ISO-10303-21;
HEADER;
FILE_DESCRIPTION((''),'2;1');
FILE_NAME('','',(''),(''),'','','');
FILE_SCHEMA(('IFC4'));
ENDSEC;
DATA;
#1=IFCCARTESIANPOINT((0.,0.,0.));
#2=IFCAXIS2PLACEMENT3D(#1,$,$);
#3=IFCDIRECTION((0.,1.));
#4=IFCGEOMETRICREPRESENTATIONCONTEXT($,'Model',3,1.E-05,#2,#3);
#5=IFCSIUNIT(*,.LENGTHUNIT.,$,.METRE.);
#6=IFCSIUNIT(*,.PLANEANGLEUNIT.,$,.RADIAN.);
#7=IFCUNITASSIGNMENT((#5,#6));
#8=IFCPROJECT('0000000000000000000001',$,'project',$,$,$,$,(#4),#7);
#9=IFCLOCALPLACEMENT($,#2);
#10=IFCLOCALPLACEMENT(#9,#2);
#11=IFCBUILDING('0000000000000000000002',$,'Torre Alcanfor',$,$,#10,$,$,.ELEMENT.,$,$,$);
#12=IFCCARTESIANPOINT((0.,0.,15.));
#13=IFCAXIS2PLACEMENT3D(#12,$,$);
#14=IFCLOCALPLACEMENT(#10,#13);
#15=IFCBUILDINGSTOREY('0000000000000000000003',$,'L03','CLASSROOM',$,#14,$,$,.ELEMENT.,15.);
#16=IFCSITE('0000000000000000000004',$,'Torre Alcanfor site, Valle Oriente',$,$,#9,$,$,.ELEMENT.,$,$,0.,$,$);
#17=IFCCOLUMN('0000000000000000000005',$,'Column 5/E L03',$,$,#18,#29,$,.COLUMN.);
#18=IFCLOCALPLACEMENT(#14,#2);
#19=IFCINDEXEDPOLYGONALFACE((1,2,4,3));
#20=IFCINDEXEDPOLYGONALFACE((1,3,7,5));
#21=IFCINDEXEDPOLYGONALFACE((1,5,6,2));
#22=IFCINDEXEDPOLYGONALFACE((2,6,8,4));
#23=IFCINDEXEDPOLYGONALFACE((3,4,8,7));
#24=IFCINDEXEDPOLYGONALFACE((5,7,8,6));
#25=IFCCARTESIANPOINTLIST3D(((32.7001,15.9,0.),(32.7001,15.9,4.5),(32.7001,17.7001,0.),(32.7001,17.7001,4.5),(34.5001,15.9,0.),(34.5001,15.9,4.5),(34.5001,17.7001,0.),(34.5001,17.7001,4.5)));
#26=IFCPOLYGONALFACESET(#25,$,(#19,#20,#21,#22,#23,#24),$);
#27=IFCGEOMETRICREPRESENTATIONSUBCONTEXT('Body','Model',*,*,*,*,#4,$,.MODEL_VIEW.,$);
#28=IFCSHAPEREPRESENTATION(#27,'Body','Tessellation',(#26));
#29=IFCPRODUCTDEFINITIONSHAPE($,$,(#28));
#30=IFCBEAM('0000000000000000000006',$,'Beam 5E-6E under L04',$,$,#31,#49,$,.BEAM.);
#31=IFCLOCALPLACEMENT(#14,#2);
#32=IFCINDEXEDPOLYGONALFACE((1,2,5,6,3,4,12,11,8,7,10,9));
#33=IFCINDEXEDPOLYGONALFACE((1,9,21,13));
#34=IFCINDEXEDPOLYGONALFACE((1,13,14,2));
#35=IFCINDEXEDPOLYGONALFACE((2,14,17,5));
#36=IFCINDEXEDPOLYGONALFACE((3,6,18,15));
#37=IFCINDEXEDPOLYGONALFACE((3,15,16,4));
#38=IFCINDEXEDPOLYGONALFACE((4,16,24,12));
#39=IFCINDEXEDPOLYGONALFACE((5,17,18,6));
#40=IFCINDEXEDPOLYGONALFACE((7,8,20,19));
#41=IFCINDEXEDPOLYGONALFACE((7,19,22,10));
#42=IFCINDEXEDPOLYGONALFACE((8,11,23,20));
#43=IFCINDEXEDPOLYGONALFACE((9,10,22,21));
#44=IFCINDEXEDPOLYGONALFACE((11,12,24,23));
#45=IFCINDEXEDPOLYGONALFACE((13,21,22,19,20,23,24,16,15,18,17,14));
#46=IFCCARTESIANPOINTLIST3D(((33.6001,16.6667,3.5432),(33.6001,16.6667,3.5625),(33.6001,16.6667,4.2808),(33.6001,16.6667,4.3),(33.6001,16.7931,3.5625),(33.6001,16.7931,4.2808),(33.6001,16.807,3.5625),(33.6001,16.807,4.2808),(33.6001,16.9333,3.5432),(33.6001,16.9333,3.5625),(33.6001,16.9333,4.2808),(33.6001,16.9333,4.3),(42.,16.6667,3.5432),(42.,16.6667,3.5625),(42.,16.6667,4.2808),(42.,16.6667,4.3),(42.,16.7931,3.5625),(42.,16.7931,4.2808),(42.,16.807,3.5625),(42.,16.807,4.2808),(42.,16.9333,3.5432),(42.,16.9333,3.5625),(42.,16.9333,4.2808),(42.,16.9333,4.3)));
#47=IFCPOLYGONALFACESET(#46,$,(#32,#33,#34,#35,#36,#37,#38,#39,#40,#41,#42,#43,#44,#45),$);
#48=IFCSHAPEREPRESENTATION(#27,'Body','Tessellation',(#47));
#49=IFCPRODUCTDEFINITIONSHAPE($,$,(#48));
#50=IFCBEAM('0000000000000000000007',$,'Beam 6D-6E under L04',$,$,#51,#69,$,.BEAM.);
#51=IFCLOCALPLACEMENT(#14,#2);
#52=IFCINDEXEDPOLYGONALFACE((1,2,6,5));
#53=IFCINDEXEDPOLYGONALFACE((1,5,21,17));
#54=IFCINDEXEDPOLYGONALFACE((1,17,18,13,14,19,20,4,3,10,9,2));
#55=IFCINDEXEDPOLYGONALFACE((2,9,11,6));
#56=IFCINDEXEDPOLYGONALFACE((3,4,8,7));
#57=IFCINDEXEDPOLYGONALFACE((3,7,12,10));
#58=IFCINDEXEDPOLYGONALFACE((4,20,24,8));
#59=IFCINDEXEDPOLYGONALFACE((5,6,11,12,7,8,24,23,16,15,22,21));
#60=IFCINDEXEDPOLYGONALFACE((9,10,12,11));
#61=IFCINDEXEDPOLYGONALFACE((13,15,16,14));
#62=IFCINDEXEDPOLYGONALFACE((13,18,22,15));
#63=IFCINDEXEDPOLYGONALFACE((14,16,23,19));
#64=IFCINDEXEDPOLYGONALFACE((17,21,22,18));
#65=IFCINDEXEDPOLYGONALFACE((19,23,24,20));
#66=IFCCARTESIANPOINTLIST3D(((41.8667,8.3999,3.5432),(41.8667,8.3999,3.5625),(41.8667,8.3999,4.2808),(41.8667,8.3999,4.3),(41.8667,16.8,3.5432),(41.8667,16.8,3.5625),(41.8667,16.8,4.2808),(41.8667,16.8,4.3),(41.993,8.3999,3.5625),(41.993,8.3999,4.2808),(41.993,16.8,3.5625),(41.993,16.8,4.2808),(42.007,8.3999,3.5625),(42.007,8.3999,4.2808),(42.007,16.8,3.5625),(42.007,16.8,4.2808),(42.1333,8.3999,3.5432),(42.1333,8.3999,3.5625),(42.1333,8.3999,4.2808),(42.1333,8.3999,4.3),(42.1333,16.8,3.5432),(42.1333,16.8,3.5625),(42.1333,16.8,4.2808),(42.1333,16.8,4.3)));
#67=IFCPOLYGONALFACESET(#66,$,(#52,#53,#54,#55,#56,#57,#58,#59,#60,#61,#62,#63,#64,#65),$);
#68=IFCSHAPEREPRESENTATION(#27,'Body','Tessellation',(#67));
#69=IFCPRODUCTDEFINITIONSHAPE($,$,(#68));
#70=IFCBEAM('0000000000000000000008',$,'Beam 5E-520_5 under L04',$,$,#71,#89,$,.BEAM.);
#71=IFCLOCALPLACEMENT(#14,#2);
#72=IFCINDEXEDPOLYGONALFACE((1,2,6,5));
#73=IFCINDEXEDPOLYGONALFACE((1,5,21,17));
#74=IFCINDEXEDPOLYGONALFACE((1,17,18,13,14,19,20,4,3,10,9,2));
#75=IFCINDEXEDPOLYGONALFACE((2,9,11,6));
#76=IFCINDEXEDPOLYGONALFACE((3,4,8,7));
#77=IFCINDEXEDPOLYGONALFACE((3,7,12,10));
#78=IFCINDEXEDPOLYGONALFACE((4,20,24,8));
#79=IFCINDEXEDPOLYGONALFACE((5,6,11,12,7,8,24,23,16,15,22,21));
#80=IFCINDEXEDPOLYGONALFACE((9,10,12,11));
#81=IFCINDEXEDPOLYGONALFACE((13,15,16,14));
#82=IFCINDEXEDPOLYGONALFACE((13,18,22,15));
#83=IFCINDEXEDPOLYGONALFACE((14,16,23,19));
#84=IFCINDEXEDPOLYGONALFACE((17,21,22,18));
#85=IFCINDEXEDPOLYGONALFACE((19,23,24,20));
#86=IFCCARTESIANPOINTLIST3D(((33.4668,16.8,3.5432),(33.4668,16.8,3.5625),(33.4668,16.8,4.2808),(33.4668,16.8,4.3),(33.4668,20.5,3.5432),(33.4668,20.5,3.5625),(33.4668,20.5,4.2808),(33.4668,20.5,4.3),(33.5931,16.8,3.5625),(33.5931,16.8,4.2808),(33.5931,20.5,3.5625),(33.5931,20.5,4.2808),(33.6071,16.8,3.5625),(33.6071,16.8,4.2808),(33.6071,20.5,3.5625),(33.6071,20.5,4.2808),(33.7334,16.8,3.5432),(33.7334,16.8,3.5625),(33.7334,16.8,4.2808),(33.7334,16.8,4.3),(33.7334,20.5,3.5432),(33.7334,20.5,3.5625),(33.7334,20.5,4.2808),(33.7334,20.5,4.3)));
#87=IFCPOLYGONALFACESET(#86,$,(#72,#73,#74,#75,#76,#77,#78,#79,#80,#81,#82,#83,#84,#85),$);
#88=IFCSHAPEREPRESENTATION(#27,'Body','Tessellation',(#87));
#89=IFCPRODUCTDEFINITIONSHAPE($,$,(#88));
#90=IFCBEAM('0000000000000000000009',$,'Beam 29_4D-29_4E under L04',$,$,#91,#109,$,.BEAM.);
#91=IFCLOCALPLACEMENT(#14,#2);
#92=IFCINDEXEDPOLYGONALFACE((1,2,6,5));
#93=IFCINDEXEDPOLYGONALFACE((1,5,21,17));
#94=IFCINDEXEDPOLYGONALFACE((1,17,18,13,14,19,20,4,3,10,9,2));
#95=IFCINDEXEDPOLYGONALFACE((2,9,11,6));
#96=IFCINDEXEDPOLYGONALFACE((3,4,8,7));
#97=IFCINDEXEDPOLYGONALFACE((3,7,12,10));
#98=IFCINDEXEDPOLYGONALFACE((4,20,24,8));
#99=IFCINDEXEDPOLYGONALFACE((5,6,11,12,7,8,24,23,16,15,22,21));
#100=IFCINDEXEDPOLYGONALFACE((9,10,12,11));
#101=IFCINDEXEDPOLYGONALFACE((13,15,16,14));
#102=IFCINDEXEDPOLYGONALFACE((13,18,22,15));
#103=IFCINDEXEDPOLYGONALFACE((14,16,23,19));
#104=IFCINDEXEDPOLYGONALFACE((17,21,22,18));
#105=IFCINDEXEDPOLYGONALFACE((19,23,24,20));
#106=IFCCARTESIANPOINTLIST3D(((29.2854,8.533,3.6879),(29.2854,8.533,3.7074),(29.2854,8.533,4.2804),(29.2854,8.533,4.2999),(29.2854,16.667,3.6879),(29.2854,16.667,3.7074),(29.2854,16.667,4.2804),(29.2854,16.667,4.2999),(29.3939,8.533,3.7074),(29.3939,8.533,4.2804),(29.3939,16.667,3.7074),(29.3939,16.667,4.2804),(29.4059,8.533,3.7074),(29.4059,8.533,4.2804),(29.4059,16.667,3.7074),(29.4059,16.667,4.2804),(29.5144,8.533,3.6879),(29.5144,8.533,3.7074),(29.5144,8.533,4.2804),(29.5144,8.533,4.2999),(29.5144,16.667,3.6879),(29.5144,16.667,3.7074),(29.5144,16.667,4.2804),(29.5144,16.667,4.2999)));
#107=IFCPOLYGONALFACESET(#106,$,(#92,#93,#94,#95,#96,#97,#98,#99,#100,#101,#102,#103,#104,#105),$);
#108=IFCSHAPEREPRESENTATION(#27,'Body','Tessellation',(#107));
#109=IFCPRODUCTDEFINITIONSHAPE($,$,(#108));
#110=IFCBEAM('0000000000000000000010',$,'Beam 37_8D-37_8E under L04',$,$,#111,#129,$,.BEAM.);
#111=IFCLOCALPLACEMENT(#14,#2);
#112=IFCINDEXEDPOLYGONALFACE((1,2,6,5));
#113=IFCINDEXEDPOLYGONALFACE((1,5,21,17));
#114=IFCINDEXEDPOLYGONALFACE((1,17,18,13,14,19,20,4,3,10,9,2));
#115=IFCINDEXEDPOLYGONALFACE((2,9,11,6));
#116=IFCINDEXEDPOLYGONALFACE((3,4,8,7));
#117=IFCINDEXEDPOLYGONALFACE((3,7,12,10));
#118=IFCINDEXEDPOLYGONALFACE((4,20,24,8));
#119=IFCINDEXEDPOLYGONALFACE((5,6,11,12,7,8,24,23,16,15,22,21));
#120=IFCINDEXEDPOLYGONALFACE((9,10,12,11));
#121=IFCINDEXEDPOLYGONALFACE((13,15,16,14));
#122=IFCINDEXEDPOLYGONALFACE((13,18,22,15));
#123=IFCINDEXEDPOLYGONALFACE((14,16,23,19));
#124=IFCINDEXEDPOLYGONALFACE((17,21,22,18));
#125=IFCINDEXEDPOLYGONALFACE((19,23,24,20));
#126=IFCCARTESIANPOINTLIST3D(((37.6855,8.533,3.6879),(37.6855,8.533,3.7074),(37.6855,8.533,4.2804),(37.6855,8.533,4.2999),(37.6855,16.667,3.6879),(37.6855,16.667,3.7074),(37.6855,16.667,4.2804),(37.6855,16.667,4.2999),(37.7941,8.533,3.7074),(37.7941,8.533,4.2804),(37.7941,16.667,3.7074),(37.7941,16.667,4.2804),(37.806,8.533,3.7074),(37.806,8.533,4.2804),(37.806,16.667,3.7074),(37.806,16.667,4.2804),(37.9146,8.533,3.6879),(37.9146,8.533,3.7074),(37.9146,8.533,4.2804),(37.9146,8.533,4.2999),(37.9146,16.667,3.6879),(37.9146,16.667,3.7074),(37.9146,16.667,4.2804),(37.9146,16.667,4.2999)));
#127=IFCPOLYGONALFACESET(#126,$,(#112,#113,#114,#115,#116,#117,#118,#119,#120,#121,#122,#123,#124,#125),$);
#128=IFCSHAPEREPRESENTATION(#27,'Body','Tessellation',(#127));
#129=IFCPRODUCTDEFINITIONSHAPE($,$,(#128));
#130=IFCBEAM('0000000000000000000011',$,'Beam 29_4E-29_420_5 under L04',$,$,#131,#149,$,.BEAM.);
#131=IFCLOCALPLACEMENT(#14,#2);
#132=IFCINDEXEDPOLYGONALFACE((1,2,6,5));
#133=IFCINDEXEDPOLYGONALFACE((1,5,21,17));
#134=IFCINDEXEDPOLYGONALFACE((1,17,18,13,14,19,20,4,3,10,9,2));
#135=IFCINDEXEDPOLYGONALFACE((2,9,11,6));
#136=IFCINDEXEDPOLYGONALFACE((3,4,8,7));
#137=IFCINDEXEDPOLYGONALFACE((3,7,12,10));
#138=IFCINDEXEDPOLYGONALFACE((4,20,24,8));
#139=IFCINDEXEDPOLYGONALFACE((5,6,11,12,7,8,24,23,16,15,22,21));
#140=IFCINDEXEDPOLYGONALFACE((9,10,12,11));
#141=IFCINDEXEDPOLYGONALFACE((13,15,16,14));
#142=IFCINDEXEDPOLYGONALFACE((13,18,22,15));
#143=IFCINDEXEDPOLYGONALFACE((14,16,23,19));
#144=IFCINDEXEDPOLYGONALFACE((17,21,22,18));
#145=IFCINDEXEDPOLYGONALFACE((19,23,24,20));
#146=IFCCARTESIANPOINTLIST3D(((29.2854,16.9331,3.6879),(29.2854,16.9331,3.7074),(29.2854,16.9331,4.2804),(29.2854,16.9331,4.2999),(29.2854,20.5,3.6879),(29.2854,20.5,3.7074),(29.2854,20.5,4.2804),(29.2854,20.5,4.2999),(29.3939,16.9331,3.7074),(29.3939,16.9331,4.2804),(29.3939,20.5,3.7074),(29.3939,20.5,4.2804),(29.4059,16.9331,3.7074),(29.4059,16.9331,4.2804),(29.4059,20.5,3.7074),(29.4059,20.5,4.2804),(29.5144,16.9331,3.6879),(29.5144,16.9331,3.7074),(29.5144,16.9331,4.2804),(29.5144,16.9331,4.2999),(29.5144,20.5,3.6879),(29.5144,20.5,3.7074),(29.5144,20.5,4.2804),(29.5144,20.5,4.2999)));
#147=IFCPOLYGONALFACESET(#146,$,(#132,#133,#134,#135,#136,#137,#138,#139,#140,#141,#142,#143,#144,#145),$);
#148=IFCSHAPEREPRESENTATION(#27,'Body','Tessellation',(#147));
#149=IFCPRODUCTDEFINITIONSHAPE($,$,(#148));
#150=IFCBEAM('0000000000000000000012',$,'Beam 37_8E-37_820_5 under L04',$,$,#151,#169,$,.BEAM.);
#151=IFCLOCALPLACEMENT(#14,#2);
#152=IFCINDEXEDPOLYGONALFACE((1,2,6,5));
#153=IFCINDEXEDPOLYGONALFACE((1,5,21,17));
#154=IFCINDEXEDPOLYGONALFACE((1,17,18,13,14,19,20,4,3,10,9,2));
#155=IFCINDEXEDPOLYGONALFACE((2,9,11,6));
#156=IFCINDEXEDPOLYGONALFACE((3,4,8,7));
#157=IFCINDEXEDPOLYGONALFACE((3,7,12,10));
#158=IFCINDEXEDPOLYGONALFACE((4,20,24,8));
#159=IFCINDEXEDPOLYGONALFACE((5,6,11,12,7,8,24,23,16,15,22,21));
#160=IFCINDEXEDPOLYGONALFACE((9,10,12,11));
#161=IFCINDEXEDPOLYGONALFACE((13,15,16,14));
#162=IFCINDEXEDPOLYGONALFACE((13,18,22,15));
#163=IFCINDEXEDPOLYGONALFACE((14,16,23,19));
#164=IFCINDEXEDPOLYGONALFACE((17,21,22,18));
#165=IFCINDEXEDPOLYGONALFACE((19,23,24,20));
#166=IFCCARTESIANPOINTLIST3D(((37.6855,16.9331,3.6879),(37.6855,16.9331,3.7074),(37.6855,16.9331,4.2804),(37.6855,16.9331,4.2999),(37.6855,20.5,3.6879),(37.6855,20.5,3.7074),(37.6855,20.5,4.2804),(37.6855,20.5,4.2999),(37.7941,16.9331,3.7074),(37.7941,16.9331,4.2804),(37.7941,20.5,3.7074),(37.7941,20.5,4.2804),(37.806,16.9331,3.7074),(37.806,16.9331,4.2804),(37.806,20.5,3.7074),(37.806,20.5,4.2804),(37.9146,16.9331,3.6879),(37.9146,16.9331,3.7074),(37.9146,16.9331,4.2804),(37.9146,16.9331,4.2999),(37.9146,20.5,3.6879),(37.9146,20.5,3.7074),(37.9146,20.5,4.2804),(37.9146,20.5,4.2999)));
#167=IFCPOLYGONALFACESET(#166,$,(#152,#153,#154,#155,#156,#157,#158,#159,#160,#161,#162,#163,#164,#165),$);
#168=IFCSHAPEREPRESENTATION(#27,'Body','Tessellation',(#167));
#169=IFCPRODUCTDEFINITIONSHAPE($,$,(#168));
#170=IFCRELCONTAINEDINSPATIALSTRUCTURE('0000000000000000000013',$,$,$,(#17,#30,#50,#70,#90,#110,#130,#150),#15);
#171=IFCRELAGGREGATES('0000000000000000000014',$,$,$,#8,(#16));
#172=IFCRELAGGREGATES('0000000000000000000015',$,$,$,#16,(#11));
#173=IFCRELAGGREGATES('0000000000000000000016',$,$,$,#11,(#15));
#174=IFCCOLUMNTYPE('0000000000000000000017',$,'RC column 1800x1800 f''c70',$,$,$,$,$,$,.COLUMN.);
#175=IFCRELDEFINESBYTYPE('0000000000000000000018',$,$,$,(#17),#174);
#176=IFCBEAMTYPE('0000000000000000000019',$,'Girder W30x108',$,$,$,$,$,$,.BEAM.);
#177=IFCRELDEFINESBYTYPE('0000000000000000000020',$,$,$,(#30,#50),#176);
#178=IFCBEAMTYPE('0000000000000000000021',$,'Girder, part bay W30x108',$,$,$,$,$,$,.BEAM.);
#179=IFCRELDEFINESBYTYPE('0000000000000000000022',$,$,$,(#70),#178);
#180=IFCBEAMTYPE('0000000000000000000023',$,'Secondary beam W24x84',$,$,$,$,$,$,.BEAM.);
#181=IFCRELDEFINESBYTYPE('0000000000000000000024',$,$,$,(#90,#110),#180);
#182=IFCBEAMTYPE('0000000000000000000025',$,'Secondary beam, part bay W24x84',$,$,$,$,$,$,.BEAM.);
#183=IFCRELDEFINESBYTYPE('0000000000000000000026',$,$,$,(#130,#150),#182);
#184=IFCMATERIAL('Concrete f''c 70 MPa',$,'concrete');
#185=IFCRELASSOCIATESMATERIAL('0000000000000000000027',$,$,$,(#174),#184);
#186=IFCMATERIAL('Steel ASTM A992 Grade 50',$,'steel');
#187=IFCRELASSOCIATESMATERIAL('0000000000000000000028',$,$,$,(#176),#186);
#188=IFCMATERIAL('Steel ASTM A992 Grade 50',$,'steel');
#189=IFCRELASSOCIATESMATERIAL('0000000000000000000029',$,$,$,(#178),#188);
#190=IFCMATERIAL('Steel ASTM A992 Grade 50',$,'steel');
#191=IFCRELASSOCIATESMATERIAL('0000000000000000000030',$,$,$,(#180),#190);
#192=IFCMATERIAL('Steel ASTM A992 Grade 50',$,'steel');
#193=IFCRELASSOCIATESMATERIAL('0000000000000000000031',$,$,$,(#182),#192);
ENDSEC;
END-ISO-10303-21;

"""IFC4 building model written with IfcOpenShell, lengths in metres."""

from ifc_helpers import new_model, si_unit, direction, frame, origin, origin_2d, place, context, subcontext, project, spatial, rectangle, i_section, extrude, material, material_profile, profile_set, type_object, element, save


model = new_model("IFC4")

# Units and contexts
model_context = context("Model", 3, precision=1e-05, world=origin(), true_north=direction((0.0, 1.0)))
body_context = subcontext(model_context, "Body", "Model", "MODEL_VIEW")
ifc_project = project(units=[si_unit("LENGTHUNIT", "METRE"), si_unit("PLANEANGLEUNIT", "RADIAN")], contexts=[model_context])

# Site, building, storey
site_placement = place(None, origin())
site = spatial("IfcSite", under=ifc_project, at=site_placement, Name="Torre Alcanfor site, Valle Oriente", CompositionType="ELEMENT", RefElevation=0.0)
building_placement = place(site_placement, origin())
building = spatial("IfcBuilding", under=site, at=building_placement, Name="Torre Alcanfor", CompositionType="ELEMENT")
storey_placement = place(building_placement, frame((0.0, 0.0, 15.0)))
storey = spatial("IfcBuildingStorey", under=building, at=storey_placement, Name="L03", Description="CLASSROOM", CompositionType="ELEMENT", Elevation=15.0)

# Column
ifc_material_1 = material(Name="Concrete f'c 70 MPa", Category="concrete")
ifc_material_profile_1 = material_profile(ifc_material_1, rectangle(XDim=1.8, YDim=1.8, at=origin_2d()), Name="1800x1800")
ifc_profile_set_1 = profile_set([ifc_material_profile_1], Name="Concrete f'c 70 MPa")
column_type = type_object("IfcColumnType", Name="RC column 1800x1800 f'c70", PredefinedType="COLUMN", material=ifc_profile_set_1)
column_placement = place(storey_placement, frame((33.6001, 16.8, 0.0), z_axis=(0.0, 0.0, 1.0), x_axis=(1.0, 0.0, 0.0)))
element("IfcColumn", 1, at=column_placement, inside=storey, type_object=column_type, Name="Column 5/E L03", PredefinedType="COLUMN", context=body_context, shape_type="SweptSolid", body=[
    extrude(rectangle(XDim=1.8, YDim=1.8, at=origin_2d()), origin(), (0.0, 0.0, 1.0), 4.5),
])

# Beams
ifc_material_2 = material(Name="Steel ASTM A992 Grade 50", Category="steel")
ifc_material_profile_2 = material_profile(ifc_material_2, i_section(OverallWidth=0.2666, OverallDepth=0.7568, WebThickness=0.0139, FlangeThickness=0.0193, at=origin_2d()), Name="W30x108")
ifc_profile_set_2 = profile_set([ifc_material_profile_2], Name="Steel ASTM A992 Grade 50")
beam_type_1 = type_object("IfcBeamType", Name="Girder W30x108", PredefinedType="BEAM", material=ifc_profile_set_2)
beam_1_placement = place(storey_placement, frame((33.6001, 16.8, 3.9216), z_axis=(1.0, 0.0, 0.0), x_axis=(0.0, 1.0, 0.0)))
element("IfcBeam", 2, at=beam_1_placement, inside=storey, type_object=beam_type_1, Name="Beam 5E-6E under L04", PredefinedType="BEAM", context=body_context, shape_type="SweptSolid", body=[
    extrude(i_section(OverallWidth=0.2666, OverallDepth=0.7568, WebThickness=0.0139, FlangeThickness=0.0193, at=origin_2d()), origin(), (0.0, 0.0, 1.0), 8.3999),
])
beam_2_placement = place(storey_placement, frame((42.0, 8.3999, 3.9216), z_axis=(0.0, 1.0, 0.0), x_axis=(-1.0, 0.0, 0.0)))
element("IfcBeam", 3, at=beam_2_placement, inside=storey, type_object=beam_type_1, Name="Beam 6D-6E under L04", PredefinedType="BEAM", context=body_context, shape_type="SweptSolid", body=[
    extrude(i_section(OverallWidth=0.2666, OverallDepth=0.7568, WebThickness=0.0139, FlangeThickness=0.0193, at=origin_2d()), origin(), (0.0, 0.0, 1.0), 8.4001),
])
ifc_material_3 = material(Name="Steel ASTM A992 Grade 50", Category="steel")
ifc_material_profile_3 = material_profile(ifc_material_3, i_section(OverallWidth=0.2666, OverallDepth=0.7568, WebThickness=0.0139, FlangeThickness=0.0193, at=origin_2d()), Name="W30x108")
ifc_profile_set_3 = profile_set([ifc_material_profile_3], Name="Steel ASTM A992 Grade 50")
beam_type_2 = type_object("IfcBeamType", Name="Girder, part bay W30x108", PredefinedType="BEAM", material=ifc_profile_set_3)
beam_3_placement = place(storey_placement, frame((33.6001, 16.8, 3.9216), z_axis=(0.0, 1.0, 0.0), x_axis=(-1.0, 0.0, 0.0)))
element("IfcBeam", 4, at=beam_3_placement, inside=storey, type_object=beam_type_2, Name="Beam 5E-520_5 under L04", PredefinedType="BEAM", context=body_context, shape_type="SweptSolid", body=[
    extrude(i_section(OverallWidth=0.2666, OverallDepth=0.7568, WebThickness=0.0139, FlangeThickness=0.0193, at=origin_2d()), origin(), (0.0, 0.0, 1.0), 3.7),
])
ifc_material_4 = material(Name="Steel ASTM A992 Grade 50", Category="steel")
ifc_material_profile_4 = material_profile(ifc_material_4, i_section(OverallWidth=0.229, OverallDepth=0.6121, WebThickness=0.012, FlangeThickness=0.0195, at=origin_2d()), Name="W24x84")
ifc_profile_set_4 = profile_set([ifc_material_profile_4], Name="Steel ASTM A992 Grade 50")
beam_type_3 = type_object("IfcBeamType", Name="Secondary beam W24x84", PredefinedType="BEAM", material=ifc_profile_set_4)
for number, where, z_axis, x_axis, name in (
    (5, (29.3999, 8.533, 3.9939), (0.0, 1.0, 0.0), (-1.0, 0.0, 0.0), "Beam 29_4D-29_4E under L04"),
    (6, (37.8, 8.533, 3.9939), (0.0, 1.0, 0.0), (-1.0, 0.0, 0.0), "Beam 37_8D-37_8E under L04"),
):
    element("IfcBeam", number, at=place(storey_placement, frame(where, z_axis=z_axis, x_axis=x_axis)), inside=storey, type_object=beam_type_3, Name=name, PredefinedType="BEAM", context=body_context, shape_type="SweptSolid", body=[
        extrude(i_section(OverallWidth=0.229, OverallDepth=0.6121, WebThickness=0.012, FlangeThickness=0.0195, at=origin_2d()), origin(), (0.0, 0.0, 1.0), 8.134),
    ])
ifc_material_5 = material(Name="Steel ASTM A992 Grade 50", Category="steel")
ifc_material_profile_5 = material_profile(ifc_material_5, i_section(OverallWidth=0.229, OverallDepth=0.6121, WebThickness=0.012, FlangeThickness=0.0195, at=origin_2d()), Name="W24x84")
ifc_profile_set_5 = profile_set([ifc_material_profile_5], Name="Steel ASTM A992 Grade 50")
beam_type_4 = type_object("IfcBeamType", Name="Secondary beam, part bay W24x84", PredefinedType="BEAM", material=ifc_profile_set_5)
for number, where, z_axis, x_axis, name in (
    (7, (29.3999, 16.9331, 3.9939), (0.0, 1.0, 0.0), (-1.0, 0.0, 0.0), "Beam 29_4E-29_420_5 under L04"),
    (8, (37.8, 16.9331, 3.9939), (0.0, 1.0, 0.0), (-1.0, 0.0, 0.0), "Beam 37_8E-37_820_5 under L04"),
):
    element("IfcBeam", number, at=place(storey_placement, frame(where, z_axis=z_axis, x_axis=x_axis)), inside=storey, type_object=beam_type_4, Name=name, PredefinedType="BEAM", context=body_context, shape_type="SweptSolid", body=[
        extrude(i_section(OverallWidth=0.229, OverallDepth=0.6121, WebThickness=0.012, FlangeThickness=0.0195, at=origin_2d()), origin(), (0.0, 0.0, 1.0), 3.5669),
    ])

save(model, "model.ifc")
